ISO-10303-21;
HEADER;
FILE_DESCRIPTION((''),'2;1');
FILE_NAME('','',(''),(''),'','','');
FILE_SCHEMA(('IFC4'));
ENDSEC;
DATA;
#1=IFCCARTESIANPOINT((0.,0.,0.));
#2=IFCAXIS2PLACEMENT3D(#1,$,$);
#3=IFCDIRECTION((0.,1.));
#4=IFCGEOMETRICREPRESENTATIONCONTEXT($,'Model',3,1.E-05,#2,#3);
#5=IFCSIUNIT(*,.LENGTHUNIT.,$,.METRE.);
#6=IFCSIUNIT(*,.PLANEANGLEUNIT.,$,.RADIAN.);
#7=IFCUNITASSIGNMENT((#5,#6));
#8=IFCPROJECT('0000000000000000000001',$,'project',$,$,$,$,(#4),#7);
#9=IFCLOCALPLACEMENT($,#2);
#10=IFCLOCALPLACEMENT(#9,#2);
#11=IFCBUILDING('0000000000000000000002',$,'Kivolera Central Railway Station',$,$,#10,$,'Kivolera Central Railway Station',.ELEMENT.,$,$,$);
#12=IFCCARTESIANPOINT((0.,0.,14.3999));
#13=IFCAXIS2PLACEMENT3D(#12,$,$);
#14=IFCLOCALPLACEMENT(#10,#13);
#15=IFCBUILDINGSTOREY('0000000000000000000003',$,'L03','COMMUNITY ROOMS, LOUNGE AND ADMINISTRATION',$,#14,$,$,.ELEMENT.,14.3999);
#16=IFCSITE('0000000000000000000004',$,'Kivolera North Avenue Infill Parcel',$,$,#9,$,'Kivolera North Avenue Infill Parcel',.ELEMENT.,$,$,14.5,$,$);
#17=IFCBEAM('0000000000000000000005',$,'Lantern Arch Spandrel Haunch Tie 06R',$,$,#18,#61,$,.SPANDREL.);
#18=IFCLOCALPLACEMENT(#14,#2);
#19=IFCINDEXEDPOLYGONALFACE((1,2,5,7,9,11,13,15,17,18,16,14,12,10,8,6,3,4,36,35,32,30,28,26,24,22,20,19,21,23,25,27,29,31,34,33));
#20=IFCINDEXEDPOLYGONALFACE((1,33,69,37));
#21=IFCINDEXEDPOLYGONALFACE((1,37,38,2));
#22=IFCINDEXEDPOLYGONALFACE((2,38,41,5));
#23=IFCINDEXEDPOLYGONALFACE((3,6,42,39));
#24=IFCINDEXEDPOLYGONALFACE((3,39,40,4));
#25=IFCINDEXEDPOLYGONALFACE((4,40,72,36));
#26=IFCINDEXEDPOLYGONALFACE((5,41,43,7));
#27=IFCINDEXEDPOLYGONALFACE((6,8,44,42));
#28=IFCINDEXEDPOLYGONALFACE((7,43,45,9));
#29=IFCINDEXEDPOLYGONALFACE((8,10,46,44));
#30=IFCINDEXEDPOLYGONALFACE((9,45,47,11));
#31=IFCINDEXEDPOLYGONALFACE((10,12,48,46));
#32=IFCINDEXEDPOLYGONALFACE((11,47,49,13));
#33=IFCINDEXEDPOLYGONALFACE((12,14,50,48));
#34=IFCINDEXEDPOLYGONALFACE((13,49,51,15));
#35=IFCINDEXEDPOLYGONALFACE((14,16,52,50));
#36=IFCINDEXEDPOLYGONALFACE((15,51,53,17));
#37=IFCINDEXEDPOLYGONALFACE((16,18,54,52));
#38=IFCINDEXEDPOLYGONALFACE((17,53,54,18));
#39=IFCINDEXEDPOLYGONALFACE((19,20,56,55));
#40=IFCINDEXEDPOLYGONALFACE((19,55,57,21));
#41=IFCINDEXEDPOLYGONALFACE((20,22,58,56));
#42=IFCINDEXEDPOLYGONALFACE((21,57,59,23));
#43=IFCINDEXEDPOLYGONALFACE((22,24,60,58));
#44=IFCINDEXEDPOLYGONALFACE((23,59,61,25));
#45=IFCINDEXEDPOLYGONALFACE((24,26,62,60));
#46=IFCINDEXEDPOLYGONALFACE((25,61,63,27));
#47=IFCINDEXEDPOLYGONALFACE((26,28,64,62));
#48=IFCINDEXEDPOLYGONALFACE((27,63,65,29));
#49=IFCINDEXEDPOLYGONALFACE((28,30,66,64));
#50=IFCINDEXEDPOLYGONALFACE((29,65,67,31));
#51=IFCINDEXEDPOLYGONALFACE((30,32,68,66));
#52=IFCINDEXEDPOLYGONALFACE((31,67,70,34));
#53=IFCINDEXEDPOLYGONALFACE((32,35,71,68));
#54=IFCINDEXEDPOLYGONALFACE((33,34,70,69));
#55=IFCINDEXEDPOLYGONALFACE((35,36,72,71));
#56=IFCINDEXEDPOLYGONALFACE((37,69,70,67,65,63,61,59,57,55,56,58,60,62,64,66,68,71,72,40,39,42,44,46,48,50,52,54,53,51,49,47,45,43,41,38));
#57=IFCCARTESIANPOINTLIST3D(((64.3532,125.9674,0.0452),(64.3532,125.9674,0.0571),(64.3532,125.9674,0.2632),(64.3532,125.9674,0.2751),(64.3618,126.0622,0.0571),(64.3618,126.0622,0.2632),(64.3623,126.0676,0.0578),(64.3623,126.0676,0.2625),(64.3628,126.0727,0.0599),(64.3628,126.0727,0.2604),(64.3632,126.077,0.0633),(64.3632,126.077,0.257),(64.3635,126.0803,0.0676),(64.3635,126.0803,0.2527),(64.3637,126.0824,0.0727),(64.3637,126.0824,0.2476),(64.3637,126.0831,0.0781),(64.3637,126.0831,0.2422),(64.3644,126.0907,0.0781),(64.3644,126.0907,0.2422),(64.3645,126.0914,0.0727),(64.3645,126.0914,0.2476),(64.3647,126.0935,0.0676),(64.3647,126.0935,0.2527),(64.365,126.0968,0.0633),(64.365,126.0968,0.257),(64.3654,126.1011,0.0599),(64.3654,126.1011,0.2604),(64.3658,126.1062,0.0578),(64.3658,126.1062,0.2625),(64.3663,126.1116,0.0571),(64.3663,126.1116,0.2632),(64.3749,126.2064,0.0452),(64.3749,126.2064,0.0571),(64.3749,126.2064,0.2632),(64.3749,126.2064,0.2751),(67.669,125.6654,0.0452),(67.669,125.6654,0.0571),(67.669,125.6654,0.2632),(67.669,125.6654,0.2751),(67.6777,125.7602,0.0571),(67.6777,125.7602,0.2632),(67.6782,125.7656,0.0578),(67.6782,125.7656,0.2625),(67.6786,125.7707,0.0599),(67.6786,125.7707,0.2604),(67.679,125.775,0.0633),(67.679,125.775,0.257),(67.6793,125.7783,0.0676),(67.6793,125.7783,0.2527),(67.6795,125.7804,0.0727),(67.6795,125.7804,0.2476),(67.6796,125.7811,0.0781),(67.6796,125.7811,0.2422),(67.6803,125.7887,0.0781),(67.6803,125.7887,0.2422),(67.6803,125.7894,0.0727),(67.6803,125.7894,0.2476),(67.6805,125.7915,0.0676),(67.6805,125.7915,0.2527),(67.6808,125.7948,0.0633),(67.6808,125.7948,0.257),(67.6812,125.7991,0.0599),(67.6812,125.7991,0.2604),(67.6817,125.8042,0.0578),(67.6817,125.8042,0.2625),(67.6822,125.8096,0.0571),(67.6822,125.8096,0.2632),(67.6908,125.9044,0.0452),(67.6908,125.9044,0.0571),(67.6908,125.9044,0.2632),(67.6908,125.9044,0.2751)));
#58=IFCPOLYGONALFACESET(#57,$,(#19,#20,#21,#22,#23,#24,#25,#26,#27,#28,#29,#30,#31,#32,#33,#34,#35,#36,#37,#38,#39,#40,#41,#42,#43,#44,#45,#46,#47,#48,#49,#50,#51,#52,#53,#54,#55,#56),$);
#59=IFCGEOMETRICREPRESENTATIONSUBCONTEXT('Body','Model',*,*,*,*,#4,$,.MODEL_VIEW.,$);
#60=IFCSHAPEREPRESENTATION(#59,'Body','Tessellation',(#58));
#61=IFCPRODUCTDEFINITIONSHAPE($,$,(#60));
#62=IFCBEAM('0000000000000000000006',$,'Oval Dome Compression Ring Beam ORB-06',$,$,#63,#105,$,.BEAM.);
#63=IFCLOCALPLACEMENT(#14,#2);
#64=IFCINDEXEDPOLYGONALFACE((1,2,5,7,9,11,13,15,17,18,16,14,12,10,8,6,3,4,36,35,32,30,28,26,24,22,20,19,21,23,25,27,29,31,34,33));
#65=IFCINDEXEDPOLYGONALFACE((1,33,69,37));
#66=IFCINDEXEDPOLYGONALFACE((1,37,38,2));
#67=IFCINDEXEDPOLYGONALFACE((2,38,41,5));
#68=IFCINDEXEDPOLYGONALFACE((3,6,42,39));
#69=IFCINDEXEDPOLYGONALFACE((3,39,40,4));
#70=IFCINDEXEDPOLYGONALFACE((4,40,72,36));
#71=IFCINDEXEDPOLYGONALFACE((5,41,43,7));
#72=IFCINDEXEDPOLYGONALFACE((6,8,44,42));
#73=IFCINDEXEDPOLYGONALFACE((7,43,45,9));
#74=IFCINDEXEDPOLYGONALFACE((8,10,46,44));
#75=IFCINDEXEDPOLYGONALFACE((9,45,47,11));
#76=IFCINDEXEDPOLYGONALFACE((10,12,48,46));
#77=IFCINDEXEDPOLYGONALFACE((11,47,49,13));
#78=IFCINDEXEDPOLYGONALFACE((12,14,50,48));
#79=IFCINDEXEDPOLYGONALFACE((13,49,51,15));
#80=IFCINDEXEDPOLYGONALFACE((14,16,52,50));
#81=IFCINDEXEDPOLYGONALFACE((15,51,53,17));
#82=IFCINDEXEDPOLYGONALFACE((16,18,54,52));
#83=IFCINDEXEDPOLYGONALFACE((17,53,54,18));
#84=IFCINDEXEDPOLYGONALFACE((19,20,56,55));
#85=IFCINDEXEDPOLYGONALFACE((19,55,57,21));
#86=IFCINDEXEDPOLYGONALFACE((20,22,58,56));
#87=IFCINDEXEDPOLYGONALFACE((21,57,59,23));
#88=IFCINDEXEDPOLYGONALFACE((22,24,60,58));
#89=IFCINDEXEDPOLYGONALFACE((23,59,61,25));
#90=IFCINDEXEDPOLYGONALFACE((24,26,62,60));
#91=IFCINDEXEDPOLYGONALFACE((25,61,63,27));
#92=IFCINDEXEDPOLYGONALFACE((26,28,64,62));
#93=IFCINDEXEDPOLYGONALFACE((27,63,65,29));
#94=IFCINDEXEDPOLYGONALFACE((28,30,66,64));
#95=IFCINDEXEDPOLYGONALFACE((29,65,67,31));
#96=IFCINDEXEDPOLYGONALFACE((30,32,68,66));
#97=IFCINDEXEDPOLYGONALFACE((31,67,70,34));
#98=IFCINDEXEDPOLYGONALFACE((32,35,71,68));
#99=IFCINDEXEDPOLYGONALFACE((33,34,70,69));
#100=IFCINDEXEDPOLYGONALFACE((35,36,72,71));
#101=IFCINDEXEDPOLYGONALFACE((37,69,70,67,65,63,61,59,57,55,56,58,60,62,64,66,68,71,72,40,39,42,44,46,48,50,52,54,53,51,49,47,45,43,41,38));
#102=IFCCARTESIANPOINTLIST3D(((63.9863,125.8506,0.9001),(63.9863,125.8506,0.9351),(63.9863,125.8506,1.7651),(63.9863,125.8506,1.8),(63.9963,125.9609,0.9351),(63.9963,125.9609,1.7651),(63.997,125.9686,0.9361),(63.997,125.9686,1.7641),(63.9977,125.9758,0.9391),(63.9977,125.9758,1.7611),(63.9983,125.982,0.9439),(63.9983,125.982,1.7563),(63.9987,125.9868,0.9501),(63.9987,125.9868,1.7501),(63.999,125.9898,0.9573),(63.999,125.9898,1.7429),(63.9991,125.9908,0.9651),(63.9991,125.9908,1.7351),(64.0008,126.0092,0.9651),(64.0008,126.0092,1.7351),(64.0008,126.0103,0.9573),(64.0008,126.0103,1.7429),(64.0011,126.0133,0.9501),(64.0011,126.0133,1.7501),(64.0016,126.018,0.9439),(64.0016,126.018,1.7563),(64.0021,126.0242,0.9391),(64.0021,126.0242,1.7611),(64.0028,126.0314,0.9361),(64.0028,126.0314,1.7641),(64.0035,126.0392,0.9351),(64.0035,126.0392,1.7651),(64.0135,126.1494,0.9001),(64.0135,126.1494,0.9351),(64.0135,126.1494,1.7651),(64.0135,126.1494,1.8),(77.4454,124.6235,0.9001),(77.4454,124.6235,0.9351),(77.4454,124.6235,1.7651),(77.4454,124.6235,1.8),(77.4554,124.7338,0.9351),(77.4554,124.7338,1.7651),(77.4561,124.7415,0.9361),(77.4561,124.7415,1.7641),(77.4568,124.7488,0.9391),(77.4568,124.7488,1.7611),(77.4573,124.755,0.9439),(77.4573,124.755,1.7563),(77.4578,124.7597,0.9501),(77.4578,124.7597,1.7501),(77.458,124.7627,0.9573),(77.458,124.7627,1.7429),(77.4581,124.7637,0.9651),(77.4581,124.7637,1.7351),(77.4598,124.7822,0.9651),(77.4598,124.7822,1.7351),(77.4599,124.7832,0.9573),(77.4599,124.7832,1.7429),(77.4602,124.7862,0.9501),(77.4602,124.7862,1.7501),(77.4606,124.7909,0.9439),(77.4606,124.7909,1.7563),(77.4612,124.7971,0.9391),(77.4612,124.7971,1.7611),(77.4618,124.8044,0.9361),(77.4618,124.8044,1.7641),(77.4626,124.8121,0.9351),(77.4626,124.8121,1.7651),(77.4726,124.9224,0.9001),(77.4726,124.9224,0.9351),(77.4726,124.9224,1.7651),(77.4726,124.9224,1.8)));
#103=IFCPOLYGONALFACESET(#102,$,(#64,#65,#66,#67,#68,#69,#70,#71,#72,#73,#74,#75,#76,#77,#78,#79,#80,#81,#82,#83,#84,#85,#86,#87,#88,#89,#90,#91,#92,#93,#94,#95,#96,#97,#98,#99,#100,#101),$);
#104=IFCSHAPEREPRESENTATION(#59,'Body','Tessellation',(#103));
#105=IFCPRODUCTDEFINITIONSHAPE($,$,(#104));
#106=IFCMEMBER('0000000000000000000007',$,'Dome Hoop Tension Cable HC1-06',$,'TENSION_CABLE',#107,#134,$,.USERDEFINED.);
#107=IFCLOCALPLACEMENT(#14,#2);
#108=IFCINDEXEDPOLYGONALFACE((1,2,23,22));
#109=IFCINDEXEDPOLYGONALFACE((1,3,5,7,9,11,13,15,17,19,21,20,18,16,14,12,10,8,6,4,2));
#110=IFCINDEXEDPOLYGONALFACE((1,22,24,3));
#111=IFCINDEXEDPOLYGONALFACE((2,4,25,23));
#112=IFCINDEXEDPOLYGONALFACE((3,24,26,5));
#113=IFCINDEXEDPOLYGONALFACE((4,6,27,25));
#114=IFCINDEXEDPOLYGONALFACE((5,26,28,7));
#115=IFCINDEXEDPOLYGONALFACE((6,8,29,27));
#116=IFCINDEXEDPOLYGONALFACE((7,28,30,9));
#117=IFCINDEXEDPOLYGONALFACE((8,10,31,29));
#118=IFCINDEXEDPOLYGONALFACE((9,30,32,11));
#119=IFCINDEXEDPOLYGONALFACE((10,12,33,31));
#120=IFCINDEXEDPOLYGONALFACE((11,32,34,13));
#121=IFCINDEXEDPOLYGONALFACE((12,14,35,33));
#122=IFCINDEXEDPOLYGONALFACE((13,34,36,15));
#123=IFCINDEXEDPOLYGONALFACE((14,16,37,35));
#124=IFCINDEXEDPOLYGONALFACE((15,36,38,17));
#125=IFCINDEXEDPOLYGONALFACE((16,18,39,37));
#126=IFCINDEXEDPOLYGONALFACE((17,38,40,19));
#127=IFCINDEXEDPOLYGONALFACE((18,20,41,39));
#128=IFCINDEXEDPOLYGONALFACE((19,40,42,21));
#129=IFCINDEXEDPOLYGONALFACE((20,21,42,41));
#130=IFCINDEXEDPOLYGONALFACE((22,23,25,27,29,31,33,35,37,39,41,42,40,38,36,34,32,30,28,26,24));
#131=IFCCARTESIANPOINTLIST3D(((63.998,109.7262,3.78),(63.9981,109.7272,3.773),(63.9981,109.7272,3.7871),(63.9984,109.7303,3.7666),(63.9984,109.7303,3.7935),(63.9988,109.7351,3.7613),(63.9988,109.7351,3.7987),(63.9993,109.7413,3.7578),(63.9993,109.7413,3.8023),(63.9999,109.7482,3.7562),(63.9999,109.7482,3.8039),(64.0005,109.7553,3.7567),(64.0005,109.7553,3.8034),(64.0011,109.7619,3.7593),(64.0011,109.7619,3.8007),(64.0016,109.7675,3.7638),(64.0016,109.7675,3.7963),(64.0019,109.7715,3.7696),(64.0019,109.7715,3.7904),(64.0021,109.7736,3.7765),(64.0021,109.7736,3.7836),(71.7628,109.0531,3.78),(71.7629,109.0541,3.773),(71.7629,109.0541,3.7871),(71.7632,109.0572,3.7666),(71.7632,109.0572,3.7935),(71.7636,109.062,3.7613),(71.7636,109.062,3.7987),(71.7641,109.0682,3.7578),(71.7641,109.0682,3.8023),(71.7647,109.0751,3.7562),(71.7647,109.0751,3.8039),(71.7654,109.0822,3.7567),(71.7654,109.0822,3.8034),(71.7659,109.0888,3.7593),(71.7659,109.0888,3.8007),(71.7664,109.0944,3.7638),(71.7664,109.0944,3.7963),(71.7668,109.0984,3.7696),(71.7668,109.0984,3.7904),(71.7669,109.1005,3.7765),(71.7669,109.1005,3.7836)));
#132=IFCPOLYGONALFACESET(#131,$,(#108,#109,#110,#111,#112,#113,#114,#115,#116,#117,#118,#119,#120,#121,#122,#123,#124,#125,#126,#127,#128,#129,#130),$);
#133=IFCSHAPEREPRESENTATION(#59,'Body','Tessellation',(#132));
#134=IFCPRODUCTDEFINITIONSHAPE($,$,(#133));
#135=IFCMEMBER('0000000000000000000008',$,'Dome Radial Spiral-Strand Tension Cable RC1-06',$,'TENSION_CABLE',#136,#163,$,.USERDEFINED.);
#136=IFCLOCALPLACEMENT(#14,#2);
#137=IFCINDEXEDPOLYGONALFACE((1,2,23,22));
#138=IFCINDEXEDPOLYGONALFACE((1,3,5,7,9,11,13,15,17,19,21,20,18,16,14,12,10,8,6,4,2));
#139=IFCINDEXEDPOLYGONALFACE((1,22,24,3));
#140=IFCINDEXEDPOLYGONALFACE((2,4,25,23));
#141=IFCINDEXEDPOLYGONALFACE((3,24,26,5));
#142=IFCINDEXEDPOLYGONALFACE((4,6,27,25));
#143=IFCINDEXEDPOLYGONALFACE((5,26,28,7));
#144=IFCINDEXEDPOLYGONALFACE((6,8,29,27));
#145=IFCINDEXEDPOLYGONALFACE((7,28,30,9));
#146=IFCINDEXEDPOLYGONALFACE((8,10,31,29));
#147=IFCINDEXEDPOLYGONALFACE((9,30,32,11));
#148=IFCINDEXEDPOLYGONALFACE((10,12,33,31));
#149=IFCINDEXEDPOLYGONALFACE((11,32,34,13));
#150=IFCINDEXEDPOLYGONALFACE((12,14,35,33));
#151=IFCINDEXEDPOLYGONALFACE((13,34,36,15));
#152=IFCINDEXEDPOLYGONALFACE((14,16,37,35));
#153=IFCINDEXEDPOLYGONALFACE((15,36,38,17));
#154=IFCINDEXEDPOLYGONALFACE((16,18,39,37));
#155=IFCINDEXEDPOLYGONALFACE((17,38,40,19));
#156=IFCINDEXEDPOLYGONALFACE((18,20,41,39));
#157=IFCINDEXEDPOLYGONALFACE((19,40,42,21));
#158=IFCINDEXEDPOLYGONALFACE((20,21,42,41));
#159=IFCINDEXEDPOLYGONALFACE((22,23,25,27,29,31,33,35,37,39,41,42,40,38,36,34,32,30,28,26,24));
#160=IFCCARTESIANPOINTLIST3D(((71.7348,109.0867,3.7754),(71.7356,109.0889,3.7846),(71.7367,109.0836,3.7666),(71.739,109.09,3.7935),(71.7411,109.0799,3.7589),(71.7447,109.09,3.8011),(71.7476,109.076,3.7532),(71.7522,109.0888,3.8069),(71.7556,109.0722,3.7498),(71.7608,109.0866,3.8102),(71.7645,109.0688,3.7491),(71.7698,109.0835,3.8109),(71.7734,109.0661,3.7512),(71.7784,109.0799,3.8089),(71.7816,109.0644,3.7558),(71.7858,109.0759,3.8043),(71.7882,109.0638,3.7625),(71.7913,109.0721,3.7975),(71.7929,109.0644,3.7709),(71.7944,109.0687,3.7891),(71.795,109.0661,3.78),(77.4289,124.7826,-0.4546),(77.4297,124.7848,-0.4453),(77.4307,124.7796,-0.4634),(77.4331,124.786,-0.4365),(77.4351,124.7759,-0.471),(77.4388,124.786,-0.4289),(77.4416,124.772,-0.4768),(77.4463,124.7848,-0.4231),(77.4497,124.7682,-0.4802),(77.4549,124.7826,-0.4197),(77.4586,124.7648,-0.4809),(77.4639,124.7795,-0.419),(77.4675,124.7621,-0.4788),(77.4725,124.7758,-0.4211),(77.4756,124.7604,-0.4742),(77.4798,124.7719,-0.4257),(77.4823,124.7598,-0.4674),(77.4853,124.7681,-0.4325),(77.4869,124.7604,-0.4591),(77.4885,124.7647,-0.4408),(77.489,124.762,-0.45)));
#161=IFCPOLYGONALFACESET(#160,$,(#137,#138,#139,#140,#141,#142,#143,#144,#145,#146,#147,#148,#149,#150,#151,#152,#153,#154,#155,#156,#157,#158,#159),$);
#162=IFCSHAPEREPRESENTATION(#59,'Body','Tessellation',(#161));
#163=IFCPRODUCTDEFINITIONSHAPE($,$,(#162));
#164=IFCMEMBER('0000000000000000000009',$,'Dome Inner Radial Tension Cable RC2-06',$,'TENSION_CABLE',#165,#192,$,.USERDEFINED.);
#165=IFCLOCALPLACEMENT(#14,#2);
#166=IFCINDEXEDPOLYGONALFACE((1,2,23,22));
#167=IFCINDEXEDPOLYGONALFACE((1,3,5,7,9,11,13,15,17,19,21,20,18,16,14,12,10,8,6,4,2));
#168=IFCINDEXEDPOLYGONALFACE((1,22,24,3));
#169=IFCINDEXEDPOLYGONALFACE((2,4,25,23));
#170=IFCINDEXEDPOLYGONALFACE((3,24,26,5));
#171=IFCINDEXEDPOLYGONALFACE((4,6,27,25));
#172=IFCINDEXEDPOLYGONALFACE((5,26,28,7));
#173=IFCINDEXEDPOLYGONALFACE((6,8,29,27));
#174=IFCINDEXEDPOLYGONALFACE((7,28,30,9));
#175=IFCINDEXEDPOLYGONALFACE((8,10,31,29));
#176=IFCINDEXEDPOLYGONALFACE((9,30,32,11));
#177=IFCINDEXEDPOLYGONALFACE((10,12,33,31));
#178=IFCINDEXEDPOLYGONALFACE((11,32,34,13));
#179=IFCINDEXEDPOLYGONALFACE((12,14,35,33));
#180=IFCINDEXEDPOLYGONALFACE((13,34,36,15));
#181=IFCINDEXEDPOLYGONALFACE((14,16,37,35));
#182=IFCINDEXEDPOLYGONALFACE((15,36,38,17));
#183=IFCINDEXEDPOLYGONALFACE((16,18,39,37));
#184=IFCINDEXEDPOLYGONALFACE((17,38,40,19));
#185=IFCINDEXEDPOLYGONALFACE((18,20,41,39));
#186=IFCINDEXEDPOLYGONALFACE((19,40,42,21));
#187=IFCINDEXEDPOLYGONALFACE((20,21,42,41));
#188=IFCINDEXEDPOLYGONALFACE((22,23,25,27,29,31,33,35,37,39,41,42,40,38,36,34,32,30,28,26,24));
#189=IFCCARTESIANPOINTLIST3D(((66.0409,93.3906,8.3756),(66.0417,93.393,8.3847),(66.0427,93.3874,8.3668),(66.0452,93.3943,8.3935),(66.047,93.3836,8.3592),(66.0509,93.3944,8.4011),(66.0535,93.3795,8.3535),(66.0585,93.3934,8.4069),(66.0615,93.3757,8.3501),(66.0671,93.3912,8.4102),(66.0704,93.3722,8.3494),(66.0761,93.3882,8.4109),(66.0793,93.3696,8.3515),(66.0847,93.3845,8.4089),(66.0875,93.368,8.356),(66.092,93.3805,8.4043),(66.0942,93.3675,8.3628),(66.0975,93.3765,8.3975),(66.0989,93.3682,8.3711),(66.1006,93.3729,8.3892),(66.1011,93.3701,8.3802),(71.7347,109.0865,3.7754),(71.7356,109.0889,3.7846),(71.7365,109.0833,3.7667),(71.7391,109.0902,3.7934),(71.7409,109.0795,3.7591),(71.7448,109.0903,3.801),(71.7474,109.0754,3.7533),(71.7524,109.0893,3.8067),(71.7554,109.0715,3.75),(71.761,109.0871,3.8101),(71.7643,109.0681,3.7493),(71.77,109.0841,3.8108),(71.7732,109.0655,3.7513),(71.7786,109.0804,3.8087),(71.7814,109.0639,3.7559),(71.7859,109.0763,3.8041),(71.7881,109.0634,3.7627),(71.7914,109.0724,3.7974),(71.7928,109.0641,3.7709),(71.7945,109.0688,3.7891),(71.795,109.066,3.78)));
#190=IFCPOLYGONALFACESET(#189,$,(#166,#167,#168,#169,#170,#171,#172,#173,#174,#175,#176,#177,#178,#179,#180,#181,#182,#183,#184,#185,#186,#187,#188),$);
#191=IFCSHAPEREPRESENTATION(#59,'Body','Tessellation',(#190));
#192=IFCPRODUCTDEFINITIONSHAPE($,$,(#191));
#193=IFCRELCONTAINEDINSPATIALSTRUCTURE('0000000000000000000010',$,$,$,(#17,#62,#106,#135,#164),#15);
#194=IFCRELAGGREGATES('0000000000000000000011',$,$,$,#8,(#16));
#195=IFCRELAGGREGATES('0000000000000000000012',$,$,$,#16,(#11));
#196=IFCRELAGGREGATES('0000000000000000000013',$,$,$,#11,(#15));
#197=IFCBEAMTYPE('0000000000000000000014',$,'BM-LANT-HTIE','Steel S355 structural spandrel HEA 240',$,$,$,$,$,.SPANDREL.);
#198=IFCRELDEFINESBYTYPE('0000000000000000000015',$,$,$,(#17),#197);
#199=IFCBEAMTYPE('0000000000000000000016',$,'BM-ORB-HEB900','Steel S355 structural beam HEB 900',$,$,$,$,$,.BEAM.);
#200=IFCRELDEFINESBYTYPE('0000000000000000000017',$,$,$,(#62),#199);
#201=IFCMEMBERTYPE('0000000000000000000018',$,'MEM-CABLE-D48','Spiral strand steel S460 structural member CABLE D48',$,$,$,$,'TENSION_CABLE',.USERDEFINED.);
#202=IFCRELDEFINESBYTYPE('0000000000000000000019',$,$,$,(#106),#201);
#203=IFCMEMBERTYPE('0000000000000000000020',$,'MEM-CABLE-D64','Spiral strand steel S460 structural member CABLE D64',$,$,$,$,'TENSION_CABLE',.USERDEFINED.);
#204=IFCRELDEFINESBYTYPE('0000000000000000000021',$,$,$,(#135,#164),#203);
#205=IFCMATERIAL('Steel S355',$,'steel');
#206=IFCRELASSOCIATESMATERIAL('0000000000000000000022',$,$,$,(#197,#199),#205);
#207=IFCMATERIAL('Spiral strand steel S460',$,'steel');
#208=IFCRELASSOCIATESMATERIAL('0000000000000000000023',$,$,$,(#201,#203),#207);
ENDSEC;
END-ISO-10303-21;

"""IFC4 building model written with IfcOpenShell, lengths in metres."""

from ifc_helpers import new_model, si_unit, direction, frame, origin, origin_2d, place, context, subcontext, project, spatial, circle, i_section, extrude, material, material_profile, profile_set, type_object, element, save


model = new_model("IFC4")

# Units and contexts
model_context = context("Model", 3, precision=1e-05, world=origin(), true_north=direction((0.0, 1.0)))
body_context = subcontext(model_context, "Body", "Model", "MODEL_VIEW")
ifc_project = project(units=[si_unit("LENGTHUNIT", "METRE"), si_unit("PLANEANGLEUNIT", "RADIAN")], contexts=[model_context])

# Site, building, storey
site_placement = place(None, origin())
site = spatial("IfcSite", under=ifc_project, at=site_placement, Name="Kivolera North Avenue Infill Parcel", LongName="Kivolera North Avenue Infill Parcel", CompositionType="ELEMENT", RefElevation=14.5)
building_placement = place(site_placement, origin())
building = spatial("IfcBuilding", under=site, at=building_placement, Name="Kivolera Central Railway Station", LongName="Kivolera Central Railway Station", CompositionType="ELEMENT")
storey_placement = place(building_placement, frame((0.0, 0.0, 14.3999)))
storey = spatial("IfcBuildingStorey", under=building, at=storey_placement, Name="L03", Description="COMMUNITY ROOMS, LOUNGE AND ADMINISTRATION", CompositionType="ELEMENT", Elevation=14.3999)

# Beams
ifc_material_1 = material(Name="Steel S355", Category="steel")
ifc_material_profile_1 = material_profile(ifc_material_1, i_section(OverallWidth=0.24, OverallDepth=0.23, WebThickness=0.0076, FlangeThickness=0.012, FilletRadius=0.021, at=origin_2d()), Name="HEA 240")
ifc_profile_set_1 = profile_set([ifc_material_profile_1], Name="Steel S355")
beam_type_1 = type_object("IfcBeamType", Name="BM-LANT-HTIE", Description="Steel S355 structural spandrel HEA 240", PredefinedType="SPANDREL", material=ifc_profile_set_1)
beam_1_placement = place(storey_placement, frame((67.6799, 125.7849, 0.1602), z_axis=(-0.995878, 0.090701, 0.0), x_axis=(-0.090701, -0.995878, 0.0)))
element("IfcBeam", 1, at=beam_1_placement, inside=storey, type_object=beam_type_1, Name="Lantern Arch Spandrel Haunch Tie 06R", PredefinedType="SPANDREL", context=body_context, shape_type="SweptSolid", body=[
    extrude(i_section(OverallWidth=0.24, OverallDepth=0.23, WebThickness=0.0076, FlangeThickness=0.012, FilletRadius=0.021, at=origin_2d()), origin(), (0.0, 0.0, 1.0), 3.3296),
])
ifc_material_profile_2 = material_profile(ifc_material_1, i_section(OverallWidth=0.3, OverallDepth=0.8999, WebThickness=0.0186, FlangeThickness=0.0349, FilletRadius=0.03, at=origin_2d()), Name="HEB 900")
ifc_profile_set_2 = profile_set([ifc_material_profile_2], Name="Steel S355")
beam_type_2 = type_object("IfcBeamType", Name="BM-ORB-HEB900", Description="Steel S355 structural beam HEB 900", PredefinedType="BEAM", material=ifc_profile_set_2)
beam_2_placement = place(storey_placement, frame((77.459, 124.7729, 1.3501), z_axis=(-0.99587, 0.090793, 0.0), x_axis=(-0.090793, -0.99587, 0.0)))
element("IfcBeam", 2, at=beam_2_placement, inside=storey, type_object=beam_type_2, Name="Oval Dome Compression Ring Beam ORB-06", PredefinedType="BEAM", context=body_context, shape_type="SweptSolid", body=[
    extrude(i_section(OverallWidth=0.3, OverallDepth=0.8999, WebThickness=0.0186, FlangeThickness=0.0349, FilletRadius=0.03, at=origin_2d()), origin(), (0.0, 0.0, 1.0), 13.5149),
])

# Members
ifc_material_2 = material(Name="Spiral strand steel S460", Category="steel")
ifc_material_profile_3 = material_profile(ifc_material_2, circle(Radius=0.0239, at=origin_2d()), Name="CABLE D48")
ifc_profile_set_3 = profile_set([ifc_material_profile_3], Name="Spiral strand steel S460")
member_type_1 = type_object("IfcMemberType", Name="MEM-CABLE-D48", Description="Spiral strand steel S460 structural member CABLE D48", ElementType="TENSION_CABLE", PredefinedType="USERDEFINED", material=ifc_profile_set_3)
member_1_placement = place(storey_placement, frame((71.7649, 109.0769, 3.78), z_axis=(-0.996264, 0.086361, 0.0), x_axis=(-0.086361, -0.996264, 0.0)))
element("IfcMember", 3, at=member_1_placement, inside=storey, type_object=member_type_1, Name="Dome Hoop Tension Cable HC1-06", ObjectType="TENSION_CABLE", PredefinedType="USERDEFINED", context=body_context, shape_type="SweptSolid", body=[
    extrude(circle(Radius=0.0239, at=origin_2d()), origin(), (0.0, 0.0, 1.0), 7.7939),
])
ifc_material_profile_4 = material_profile(ifc_material_2, circle(Radius=0.032, at=origin_2d()), Name="CABLE D64")
ifc_profile_set_4 = profile_set([ifc_material_profile_4], Name="Spiral strand steel S460")
member_type_2 = type_object("IfcMemberType", Name="MEM-CABLE-D64", Description="Spiral strand steel S460 structural member CABLE D64", ElementType="TENSION_CABLE", PredefinedType="USERDEFINED", material=ifc_profile_set_4)
member_2_placement = place(storey_placement, frame((77.459, 124.7729, -0.45), z_axis=(-0.330582, -0.911266, 0.24558), x_axis=(0.940054, -0.341026, 0.0)))
element("IfcMember", 4, at=member_2_placement, inside=storey, type_object=member_type_2, Name="Dome Radial Spiral-Strand Tension Cable RC1-06", ObjectType="TENSION_CABLE", PredefinedType="USERDEFINED", context=body_context, shape_type="SweptSolid", body=[
    extrude(circle(Radius=0.032, at=origin_2d()), origin(), (0.0, 0.0, 1.0), 17.2244),
])
member_3_placement = place(storey_placement, frame((71.7649, 109.0769, 3.78), z_axis=(-0.328768, -0.90629, 0.265614), x_axis=(0.940057, -0.341017, 0.0)))
element("IfcMember", 5, at=member_3_placement, inside=storey, type_object=member_type_2, Name="Dome Inner Radial Tension Cable RC2-06", ObjectType="TENSION_CABLE", PredefinedType="USERDEFINED", context=body_context, shape_type="SweptSolid", body=[
    extrude(circle(Radius=0.032, at=origin_2d()), origin(), (0.0, 0.0, 1.0), 17.3188),
])

save(model, "model.ifc")
